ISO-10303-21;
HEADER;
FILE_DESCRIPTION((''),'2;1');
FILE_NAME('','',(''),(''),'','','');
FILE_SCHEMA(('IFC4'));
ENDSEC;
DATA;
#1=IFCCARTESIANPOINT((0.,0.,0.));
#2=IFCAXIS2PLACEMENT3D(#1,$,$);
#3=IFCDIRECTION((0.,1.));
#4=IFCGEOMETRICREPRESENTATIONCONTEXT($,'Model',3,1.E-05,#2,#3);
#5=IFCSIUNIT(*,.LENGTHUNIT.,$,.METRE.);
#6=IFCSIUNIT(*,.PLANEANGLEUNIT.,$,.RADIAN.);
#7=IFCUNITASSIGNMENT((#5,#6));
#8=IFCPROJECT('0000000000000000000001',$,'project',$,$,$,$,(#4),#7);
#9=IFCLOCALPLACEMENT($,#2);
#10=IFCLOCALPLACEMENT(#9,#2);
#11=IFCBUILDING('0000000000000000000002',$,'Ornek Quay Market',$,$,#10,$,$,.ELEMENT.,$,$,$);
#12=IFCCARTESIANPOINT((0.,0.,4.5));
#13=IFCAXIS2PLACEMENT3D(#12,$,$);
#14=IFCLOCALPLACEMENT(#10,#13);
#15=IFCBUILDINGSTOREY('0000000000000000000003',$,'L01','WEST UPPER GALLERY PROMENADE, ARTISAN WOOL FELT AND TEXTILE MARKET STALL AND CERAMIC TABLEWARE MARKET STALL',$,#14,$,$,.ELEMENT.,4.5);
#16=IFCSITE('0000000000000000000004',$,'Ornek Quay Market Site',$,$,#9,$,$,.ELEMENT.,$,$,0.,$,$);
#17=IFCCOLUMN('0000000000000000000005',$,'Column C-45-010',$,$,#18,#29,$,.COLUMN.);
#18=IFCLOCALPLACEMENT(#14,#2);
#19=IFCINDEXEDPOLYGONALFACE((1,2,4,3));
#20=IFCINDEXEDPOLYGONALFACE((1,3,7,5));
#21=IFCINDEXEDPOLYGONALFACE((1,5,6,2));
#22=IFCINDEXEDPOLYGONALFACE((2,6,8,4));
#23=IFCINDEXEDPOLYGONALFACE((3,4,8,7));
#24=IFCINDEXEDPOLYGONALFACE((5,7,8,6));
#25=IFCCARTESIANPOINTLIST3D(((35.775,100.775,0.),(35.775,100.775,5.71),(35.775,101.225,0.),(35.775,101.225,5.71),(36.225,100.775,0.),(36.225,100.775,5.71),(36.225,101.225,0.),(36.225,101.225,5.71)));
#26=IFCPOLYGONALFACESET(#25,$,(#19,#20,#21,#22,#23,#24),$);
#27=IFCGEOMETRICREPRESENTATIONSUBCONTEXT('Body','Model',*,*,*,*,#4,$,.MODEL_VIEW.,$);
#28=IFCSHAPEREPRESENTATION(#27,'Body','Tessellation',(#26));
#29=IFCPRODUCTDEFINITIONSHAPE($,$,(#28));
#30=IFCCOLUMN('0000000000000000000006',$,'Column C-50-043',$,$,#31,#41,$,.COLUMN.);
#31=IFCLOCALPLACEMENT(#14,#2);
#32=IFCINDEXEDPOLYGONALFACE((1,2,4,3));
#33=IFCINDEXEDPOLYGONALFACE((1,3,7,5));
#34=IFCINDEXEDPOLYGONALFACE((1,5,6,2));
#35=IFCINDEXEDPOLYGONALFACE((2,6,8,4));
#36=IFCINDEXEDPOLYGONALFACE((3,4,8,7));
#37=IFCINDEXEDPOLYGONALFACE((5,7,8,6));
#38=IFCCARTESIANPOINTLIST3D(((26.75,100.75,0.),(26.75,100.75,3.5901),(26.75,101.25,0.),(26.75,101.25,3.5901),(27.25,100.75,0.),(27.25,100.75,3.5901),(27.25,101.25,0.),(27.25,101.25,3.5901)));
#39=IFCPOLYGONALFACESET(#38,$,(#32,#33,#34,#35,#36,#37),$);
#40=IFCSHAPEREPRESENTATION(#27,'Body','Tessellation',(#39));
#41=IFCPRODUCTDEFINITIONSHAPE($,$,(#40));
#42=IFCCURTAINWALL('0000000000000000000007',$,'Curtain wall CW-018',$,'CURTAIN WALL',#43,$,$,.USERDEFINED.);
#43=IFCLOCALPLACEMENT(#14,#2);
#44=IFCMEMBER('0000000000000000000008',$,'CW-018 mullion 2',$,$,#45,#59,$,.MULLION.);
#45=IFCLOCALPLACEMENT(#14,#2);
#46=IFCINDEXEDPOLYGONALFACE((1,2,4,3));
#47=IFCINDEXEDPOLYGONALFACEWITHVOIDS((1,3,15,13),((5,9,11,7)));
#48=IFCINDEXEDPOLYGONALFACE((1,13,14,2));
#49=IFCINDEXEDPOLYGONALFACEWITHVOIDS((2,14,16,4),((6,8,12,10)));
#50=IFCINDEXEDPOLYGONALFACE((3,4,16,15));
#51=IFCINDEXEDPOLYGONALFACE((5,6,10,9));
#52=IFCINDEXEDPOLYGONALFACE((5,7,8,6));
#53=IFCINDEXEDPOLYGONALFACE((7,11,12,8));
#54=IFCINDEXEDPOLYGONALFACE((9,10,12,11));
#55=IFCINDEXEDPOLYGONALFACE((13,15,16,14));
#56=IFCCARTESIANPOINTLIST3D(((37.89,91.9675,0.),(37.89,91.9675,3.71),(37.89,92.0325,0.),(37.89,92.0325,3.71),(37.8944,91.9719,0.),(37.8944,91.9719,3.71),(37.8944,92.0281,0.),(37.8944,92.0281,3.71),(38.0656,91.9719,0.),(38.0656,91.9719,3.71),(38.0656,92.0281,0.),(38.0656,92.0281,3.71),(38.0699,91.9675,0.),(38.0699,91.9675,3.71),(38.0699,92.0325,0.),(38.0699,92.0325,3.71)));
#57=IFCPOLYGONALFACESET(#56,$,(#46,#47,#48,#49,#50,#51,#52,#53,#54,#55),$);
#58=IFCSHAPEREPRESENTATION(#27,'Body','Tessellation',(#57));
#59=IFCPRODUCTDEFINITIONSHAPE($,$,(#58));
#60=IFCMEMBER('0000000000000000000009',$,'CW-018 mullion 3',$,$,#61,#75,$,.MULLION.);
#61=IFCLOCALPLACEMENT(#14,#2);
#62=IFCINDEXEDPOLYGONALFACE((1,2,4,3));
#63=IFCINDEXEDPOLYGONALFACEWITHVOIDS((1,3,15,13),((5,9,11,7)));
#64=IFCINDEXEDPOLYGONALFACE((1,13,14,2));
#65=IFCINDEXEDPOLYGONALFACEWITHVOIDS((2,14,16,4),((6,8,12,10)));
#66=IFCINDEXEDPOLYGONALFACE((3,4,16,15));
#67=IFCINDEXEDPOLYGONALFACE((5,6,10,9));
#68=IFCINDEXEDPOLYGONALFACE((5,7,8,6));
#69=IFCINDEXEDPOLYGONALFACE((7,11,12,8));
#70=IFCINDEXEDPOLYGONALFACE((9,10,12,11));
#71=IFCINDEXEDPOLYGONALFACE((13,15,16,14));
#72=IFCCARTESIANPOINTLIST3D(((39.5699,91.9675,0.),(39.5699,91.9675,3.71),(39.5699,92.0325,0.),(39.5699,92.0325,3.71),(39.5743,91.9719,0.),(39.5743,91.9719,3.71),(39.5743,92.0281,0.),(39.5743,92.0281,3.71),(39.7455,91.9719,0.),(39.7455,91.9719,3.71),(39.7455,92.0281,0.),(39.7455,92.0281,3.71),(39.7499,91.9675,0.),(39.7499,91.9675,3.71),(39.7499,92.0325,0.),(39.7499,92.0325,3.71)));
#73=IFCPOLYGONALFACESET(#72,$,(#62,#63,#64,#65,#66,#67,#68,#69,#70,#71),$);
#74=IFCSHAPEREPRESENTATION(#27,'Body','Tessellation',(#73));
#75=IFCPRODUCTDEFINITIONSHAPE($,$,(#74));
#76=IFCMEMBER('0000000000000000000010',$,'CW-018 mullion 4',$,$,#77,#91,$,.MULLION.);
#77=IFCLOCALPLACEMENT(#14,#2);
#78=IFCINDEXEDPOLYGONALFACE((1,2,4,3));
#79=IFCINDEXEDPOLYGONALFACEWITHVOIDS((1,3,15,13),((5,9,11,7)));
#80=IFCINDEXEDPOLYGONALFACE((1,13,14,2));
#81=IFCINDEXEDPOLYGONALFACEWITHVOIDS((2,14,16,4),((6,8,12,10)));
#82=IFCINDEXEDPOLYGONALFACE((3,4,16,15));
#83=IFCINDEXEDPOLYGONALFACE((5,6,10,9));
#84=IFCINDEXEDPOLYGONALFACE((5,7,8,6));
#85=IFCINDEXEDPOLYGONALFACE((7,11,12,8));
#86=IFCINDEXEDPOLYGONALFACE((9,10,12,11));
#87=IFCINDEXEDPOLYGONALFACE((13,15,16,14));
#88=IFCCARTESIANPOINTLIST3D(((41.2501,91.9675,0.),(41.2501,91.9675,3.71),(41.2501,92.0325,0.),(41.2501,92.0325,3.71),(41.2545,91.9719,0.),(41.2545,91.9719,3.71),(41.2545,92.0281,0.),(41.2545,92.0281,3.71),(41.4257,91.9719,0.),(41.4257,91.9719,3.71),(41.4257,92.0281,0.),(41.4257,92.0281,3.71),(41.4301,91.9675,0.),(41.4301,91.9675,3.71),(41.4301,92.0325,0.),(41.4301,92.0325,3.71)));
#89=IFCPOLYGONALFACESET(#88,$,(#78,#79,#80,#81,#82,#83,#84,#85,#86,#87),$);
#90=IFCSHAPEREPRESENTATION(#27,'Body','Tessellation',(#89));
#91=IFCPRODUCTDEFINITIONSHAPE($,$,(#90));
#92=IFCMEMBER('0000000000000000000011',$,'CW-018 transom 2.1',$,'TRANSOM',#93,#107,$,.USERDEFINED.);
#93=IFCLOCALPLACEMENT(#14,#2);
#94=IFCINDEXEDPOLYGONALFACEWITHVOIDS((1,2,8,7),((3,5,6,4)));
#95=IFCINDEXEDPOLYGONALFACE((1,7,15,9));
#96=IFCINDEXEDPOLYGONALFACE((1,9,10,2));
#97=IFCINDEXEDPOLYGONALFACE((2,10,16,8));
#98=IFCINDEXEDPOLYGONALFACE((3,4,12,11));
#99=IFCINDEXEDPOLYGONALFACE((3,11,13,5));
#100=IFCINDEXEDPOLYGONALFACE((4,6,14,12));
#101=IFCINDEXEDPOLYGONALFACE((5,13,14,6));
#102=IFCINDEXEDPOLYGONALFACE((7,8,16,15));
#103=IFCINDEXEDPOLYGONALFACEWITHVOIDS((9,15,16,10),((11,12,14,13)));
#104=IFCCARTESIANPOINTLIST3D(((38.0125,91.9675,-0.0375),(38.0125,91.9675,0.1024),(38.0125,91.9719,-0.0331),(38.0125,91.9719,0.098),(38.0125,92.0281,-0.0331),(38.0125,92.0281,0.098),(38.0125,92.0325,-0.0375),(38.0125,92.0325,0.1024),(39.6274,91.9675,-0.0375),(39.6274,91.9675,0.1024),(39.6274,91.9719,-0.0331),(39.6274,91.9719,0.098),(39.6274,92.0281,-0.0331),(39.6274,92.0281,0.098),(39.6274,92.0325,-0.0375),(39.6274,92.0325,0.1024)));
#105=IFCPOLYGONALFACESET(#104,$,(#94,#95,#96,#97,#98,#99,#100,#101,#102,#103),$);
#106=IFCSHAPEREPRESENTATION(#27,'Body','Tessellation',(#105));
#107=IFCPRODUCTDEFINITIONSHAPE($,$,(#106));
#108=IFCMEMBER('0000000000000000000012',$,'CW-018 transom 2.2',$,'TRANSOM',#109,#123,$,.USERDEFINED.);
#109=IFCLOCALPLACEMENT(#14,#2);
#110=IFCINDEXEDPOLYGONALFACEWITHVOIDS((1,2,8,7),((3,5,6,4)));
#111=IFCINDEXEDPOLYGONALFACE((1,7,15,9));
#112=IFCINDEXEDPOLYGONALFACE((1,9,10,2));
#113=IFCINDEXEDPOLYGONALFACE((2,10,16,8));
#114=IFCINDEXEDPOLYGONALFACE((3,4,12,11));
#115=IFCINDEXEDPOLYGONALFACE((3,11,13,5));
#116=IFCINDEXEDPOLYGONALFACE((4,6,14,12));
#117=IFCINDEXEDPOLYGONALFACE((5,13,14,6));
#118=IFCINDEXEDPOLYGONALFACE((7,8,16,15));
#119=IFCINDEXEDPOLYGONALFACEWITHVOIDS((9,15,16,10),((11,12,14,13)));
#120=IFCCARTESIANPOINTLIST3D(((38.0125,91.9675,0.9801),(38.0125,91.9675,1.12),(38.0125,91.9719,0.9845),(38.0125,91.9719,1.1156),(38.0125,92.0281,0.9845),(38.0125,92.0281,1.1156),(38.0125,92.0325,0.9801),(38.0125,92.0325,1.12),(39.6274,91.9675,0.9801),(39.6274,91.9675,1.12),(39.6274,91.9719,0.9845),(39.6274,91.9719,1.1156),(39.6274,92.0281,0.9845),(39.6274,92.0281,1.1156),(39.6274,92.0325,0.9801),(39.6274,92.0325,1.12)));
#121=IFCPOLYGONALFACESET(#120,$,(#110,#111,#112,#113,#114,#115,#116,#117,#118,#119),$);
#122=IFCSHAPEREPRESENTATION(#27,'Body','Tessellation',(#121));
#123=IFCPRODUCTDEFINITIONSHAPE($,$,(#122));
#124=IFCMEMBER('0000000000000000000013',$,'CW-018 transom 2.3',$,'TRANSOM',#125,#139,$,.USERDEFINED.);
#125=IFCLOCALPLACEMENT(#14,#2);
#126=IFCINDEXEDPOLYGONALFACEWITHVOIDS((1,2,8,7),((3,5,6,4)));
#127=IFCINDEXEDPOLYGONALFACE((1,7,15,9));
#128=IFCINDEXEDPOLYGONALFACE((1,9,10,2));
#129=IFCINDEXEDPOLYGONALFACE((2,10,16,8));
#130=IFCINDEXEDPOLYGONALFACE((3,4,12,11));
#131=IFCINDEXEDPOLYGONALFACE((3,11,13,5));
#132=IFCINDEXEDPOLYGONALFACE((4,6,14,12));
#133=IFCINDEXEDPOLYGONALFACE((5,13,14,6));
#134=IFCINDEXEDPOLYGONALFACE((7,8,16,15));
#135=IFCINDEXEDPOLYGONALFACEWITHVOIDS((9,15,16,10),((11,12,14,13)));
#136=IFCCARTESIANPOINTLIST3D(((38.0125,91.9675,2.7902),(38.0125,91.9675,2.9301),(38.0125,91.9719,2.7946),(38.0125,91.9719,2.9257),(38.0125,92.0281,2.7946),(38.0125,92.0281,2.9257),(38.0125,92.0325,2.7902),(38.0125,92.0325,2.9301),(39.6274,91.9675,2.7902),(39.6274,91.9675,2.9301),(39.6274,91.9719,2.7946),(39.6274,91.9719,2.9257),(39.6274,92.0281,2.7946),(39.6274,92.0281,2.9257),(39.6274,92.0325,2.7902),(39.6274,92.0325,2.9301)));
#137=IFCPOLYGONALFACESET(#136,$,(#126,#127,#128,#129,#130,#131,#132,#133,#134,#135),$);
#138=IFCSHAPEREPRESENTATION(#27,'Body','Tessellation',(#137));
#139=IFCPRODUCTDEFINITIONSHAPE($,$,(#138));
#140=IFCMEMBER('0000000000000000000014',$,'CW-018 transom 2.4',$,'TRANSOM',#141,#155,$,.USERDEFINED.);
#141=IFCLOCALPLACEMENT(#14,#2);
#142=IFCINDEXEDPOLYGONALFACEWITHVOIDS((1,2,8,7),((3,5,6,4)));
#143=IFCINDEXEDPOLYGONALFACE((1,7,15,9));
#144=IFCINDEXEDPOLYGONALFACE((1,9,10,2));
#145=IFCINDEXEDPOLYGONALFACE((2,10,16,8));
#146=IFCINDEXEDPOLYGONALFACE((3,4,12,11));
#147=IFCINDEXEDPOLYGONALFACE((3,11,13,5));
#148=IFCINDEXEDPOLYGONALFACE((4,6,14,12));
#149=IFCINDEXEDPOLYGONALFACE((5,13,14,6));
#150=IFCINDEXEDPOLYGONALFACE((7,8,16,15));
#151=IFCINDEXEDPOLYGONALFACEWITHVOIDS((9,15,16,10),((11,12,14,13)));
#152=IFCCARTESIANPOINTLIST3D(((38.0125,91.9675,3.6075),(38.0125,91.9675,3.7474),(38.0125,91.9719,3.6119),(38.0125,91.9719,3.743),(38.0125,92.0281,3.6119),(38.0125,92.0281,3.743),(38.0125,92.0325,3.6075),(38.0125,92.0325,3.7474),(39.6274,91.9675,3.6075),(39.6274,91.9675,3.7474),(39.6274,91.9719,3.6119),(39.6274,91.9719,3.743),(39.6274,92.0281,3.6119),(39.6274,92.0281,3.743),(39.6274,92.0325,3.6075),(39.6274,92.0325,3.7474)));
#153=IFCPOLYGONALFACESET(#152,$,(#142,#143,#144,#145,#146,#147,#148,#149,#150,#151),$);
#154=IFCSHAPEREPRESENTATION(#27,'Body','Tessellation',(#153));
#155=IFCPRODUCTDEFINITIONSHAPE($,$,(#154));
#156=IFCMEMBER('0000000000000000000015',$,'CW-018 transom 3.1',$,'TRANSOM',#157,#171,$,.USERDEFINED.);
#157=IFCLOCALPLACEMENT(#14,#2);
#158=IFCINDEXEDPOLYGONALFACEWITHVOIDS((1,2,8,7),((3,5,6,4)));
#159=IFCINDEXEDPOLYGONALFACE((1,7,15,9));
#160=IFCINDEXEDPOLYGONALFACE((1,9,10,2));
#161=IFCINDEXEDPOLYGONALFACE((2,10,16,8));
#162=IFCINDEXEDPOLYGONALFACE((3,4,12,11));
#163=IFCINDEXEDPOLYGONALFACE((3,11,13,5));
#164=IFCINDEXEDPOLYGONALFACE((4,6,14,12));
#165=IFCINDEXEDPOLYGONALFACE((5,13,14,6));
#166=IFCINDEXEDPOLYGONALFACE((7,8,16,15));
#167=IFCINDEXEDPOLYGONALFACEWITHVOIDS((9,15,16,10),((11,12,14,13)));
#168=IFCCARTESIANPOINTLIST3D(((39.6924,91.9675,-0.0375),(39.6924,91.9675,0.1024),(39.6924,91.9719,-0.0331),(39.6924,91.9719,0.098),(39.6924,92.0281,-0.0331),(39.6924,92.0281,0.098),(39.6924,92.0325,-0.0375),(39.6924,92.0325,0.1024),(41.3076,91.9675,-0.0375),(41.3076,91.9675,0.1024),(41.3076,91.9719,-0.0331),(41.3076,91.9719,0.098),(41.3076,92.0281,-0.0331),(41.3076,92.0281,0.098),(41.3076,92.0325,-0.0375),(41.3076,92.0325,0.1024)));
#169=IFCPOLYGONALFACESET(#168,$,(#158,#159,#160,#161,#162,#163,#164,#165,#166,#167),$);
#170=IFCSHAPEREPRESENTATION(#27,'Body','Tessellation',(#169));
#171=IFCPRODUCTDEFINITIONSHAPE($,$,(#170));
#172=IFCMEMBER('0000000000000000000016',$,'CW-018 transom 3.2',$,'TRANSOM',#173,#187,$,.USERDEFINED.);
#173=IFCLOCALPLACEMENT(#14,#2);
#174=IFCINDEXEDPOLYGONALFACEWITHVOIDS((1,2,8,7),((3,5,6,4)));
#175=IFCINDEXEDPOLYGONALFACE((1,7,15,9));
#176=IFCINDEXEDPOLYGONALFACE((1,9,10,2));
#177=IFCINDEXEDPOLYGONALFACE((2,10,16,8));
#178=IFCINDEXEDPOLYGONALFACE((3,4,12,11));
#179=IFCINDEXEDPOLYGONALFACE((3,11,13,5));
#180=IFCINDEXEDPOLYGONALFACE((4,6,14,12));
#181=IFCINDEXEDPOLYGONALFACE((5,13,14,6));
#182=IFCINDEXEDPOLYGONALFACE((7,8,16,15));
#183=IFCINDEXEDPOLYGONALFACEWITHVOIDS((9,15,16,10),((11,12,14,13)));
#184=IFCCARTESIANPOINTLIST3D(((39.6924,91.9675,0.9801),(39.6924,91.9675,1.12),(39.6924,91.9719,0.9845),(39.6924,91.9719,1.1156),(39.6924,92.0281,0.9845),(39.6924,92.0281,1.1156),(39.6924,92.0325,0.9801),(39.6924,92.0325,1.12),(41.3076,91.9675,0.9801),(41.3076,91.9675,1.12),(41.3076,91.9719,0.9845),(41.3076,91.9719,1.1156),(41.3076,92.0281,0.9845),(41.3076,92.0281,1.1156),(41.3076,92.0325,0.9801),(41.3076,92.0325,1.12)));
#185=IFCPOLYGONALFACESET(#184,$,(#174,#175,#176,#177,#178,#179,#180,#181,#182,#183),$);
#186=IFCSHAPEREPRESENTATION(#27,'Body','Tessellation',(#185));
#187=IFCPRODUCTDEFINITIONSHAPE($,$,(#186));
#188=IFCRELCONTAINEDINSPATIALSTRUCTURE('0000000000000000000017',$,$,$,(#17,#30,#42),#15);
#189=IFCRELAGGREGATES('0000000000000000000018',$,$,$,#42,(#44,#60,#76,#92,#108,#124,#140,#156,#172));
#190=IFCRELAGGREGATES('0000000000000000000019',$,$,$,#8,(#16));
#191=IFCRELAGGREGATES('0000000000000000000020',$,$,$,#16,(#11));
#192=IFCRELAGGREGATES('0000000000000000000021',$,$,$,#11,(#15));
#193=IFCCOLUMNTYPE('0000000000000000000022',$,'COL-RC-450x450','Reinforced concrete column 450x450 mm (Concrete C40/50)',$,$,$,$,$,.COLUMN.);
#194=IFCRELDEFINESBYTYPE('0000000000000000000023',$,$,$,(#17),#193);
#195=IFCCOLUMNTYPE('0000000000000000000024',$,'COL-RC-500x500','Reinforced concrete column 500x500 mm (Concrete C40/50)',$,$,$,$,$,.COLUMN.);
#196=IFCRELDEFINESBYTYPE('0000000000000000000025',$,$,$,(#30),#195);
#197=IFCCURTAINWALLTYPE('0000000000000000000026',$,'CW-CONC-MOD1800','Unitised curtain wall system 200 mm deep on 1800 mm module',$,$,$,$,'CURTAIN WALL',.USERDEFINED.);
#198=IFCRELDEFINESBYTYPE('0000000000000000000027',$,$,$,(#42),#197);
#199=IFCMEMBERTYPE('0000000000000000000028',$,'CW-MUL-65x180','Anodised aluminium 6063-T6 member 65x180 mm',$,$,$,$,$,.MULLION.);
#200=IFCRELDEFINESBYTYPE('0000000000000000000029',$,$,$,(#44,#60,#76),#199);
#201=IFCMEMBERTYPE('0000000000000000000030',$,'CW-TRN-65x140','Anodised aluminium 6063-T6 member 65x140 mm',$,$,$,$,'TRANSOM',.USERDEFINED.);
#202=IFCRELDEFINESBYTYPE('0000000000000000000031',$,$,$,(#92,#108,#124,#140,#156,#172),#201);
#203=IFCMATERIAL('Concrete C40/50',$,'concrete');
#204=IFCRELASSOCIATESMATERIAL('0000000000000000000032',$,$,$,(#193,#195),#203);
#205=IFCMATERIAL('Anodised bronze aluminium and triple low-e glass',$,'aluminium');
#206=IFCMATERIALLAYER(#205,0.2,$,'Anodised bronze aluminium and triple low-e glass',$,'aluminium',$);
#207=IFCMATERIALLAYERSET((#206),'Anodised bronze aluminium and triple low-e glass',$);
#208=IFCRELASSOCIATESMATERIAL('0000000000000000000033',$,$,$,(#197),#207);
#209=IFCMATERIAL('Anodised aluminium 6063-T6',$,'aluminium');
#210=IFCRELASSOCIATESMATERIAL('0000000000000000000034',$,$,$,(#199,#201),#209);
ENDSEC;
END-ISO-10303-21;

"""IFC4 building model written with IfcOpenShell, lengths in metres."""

from ifc_helpers import new_model, si_unit, direction, frame, origin, origin_2d, place, context, subcontext, project, spatial, rectangle, hollow_rectangle, extrude, material, layer, layer_set, material_profile, profile_set, type_object, element, aggregate, save


model = new_model("IFC4")

# Units and contexts
model_context = context("Model", 3, precision=1e-05, world=origin(), true_north=direction((0.0, 1.0)))
body_context = subcontext(model_context, "Body", "Model", "MODEL_VIEW")
ifc_project = project(units=[si_unit("LENGTHUNIT", "METRE"), si_unit("PLANEANGLEUNIT", "RADIAN")], contexts=[model_context])

# Site, building, storey
site_placement = place(None, origin())
site = spatial("IfcSite", under=ifc_project, at=site_placement, Name="Ornek Quay Market Site", CompositionType="ELEMENT", RefElevation=0.0)
building_placement = place(site_placement, origin())
building = spatial("IfcBuilding", under=site, at=building_placement, Name="Ornek Quay Market", CompositionType="ELEMENT")
storey_placement = place(building_placement, frame((0.0, 0.0, 4.5)))
storey = spatial("IfcBuildingStorey", under=building, at=storey_placement, Name="L01", Description="WEST UPPER GALLERY PROMENADE, ARTISAN WOOL FELT AND TEXTILE MARKET STALL AND CERAMIC TABLEWARE MARKET STALL", CompositionType="ELEMENT", Elevation=4.5)

# Columns
ifc_material_1 = material(Name="Concrete C40/50", Category="concrete")
ifc_material_profile_1 = material_profile(ifc_material_1, rectangle(XDim=0.45, YDim=0.45, at=origin_2d()), Name="RC 450x450", Category="concrete")
ifc_profile_set_1 = profile_set([ifc_material_profile_1], Name="Concrete C40/50")
column_type_1 = type_object("IfcColumnType", Name="COL-RC-450x450", Description="Reinforced concrete column 450x450 mm (Concrete C40/50)", PredefinedType="COLUMN", material=ifc_profile_set_1)
column_1_placement = place(storey_placement, frame((36.0, 101.0, 0.0), z_axis=(0.0, 0.0, 1.0), x_axis=(1.0, 0.0, 0.0)))
element("IfcColumn", 1, at=column_1_placement, inside=storey, type_object=column_type_1, Name="Column C-45-010", PredefinedType="COLUMN", context=body_context, shape_type="SweptSolid", body=[
    extrude(rectangle(XDim=0.45, YDim=0.45, at=origin_2d()), origin(), (0.0, 0.0, 1.0), 5.71),
])
ifc_material_profile_2 = material_profile(ifc_material_1, rectangle(XDim=0.5, YDim=0.5, at=origin_2d()), Name="RC 500x500", Category="concrete")
ifc_profile_set_2 = profile_set([ifc_material_profile_2], Name="Concrete C40/50")
column_type_2 = type_object("IfcColumnType", Name="COL-RC-500x500", Description="Reinforced concrete column 500x500 mm (Concrete C40/50)", PredefinedType="COLUMN", material=ifc_profile_set_2)
column_2_placement = place(storey_placement, frame((27.0, 101.0, 0.0), z_axis=(0.0, 0.0, 1.0), x_axis=(1.0, 0.0, 0.0)))
element("IfcColumn", 2, at=column_2_placement, inside=storey, type_object=column_type_2, Name="Column C-50-043", PredefinedType="COLUMN", context=body_context, shape_type="SweptSolid", body=[
    extrude(rectangle(XDim=0.5, YDim=0.5, at=origin_2d()), origin(), (0.0, 0.0, 1.0), 3.5901),
])

# Curtain wall, members
ifc_material_2 = material(Name="Anodised bronze aluminium and triple low-e glass", Category="aluminium")
ifc_layer_1 = layer(ifc_material_2, 0.2, Name="Anodised bronze aluminium and triple low-e glass", Category="aluminium")
ifc_layer_set_1 = layer_set([ifc_layer_1], Name="Anodised bronze aluminium and triple low-e glass")
curtain_wall_type = type_object("IfcCurtainWallType", Name="CW-CONC-MOD1800", Description="Unitised curtain wall system 200 mm deep on 1800 mm module", ElementType="CURTAIN WALL", PredefinedType="USERDEFINED", material=ifc_layer_set_1)
curtain_wall_placement = place(storey_placement, origin())
curtain_wall = element("IfcCurtainWall", 3, at=curtain_wall_placement, inside=storey, type_object=curtain_wall_type, Name="Curtain wall CW-018", ObjectType="CURTAIN WALL", PredefinedType="USERDEFINED")
ifc_material_3 = material(Name="Anodised aluminium 6063-T6", Category="aluminium")
ifc_material_profile_3 = material_profile(ifc_material_3, hollow_rectangle(XDim=0.0649, YDim=0.1799, WallThickness=0.0044, at=origin_2d()), Name="CW-MUL-65x180", Category="aluminium")
ifc_profile_set_3 = profile_set([ifc_material_profile_3], Name="Anodised aluminium 6063-T6")
member_type_1 = type_object("IfcMemberType", Name="CW-MUL-65x180", Description="Anodised aluminium 6063-T6 member 65x180 mm", PredefinedType="MULLION", material=ifc_profile_set_3)
member_1_placement = place(storey_placement, frame((37.98, 92.0, 0.0), z_axis=(0.0, 0.0, 1.0), x_axis=(0.0, 1.0, 0.0)))
member_1 = element("IfcMember", 4, at=member_1_placement, type_object=member_type_1, Name="CW-018 mullion 2", PredefinedType="MULLION", context=body_context, shape_type="SweptSolid", body=[
    extrude(hollow_rectangle(XDim=0.0649, YDim=0.1799, WallThickness=0.0044, at=origin_2d()), origin(), (0.0, 0.0, 1.0), 3.71),
])
member_2_placement = place(storey_placement, frame((39.6599, 92.0, 0.0), z_axis=(0.0, 0.0, 1.0), x_axis=(0.0, 1.0, 0.0)))
member_2 = element("IfcMember", 5, at=member_2_placement, type_object=member_type_1, Name="CW-018 mullion 3", PredefinedType="MULLION", context=body_context, shape_type="SweptSolid", body=[
    extrude(hollow_rectangle(XDim=0.0649, YDim=0.1799, WallThickness=0.0044, at=origin_2d()), origin(), (0.0, 0.0, 1.0), 3.71),
])
member_3_placement = place(storey_placement, frame((41.3401, 92.0, 0.0), z_axis=(0.0, 0.0, 1.0), x_axis=(0.0, 1.0, 0.0)))
member_3 = element("IfcMember", 6, at=member_3_placement, type_object=member_type_1, Name="CW-018 mullion 4", PredefinedType="MULLION", context=body_context, shape_type="SweptSolid", body=[
    extrude(hollow_rectangle(XDim=0.0649, YDim=0.1799, WallThickness=0.0044, at=origin_2d()), origin(), (0.0, 0.0, 1.0), 3.71),
])
ifc_material_profile_4 = material_profile(ifc_material_3, hollow_rectangle(XDim=0.0649, YDim=0.1399, WallThickness=0.0044, at=origin_2d()), Name="CW-TRN-65x140", Category="aluminium")
ifc_profile_set_4 = profile_set([ifc_material_profile_4], Name="Anodised aluminium 6063-T6")
member_type_2 = type_object("IfcMemberType", Name="CW-TRN-65x140", Description="Anodised aluminium 6063-T6 member 65x140 mm", ElementType="TRANSOM", PredefinedType="USERDEFINED", material=ifc_profile_set_4)
member_4_placement = place(storey_placement, frame((38.0125, 92.0, 0.0325), z_axis=(1.0, 0.0, 0.0), x_axis=(0.0, 1.0, 0.0)))
member_4 = element("IfcMember", 7, at=member_4_placement, type_object=member_type_2, Name="CW-018 transom 2.1", ObjectType="TRANSOM", PredefinedType="USERDEFINED", context=body_context, shape_type="SweptSolid", body=[
    extrude(hollow_rectangle(XDim=0.0649, YDim=0.1399, WallThickness=0.0044, at=origin_2d()), origin(), (0.0, 0.0, 1.0), 1.615),
])
member_5_placement = place(storey_placement, frame((38.0125, 92.0, 1.05), z_axis=(1.0, 0.0, 0.0), x_axis=(0.0, 1.0, 0.0)))
member_5 = element("IfcMember", 8, at=member_5_placement, type_object=member_type_2, Name="CW-018 transom 2.2", ObjectType="TRANSOM", PredefinedType="USERDEFINED", context=body_context, shape_type="SweptSolid", body=[
    extrude(hollow_rectangle(XDim=0.0649, YDim=0.1399, WallThickness=0.0044, at=origin_2d()), origin(), (0.0, 0.0, 1.0), 1.615),
])
member_6_placement = place(storey_placement, frame((38.0125, 92.0, 2.8601), z_axis=(1.0, 0.0, 0.0), x_axis=(0.0, 1.0, 0.0)))
member_6 = element("IfcMember", 9, at=member_6_placement, type_object=member_type_2, Name="CW-018 transom 2.3", ObjectType="TRANSOM", PredefinedType="USERDEFINED", context=body_context, shape_type="SweptSolid", body=[
    extrude(hollow_rectangle(XDim=0.0649, YDim=0.1399, WallThickness=0.0044, at=origin_2d()), origin(), (0.0, 0.0, 1.0), 1.615),
])
member_7_placement = place(storey_placement, frame((38.0125, 92.0, 3.6775), z_axis=(1.0, 0.0, 0.0), x_axis=(0.0, 1.0, 0.0)))
member_7 = element("IfcMember", 10, at=member_7_placement, type_object=member_type_2, Name="CW-018 transom 2.4", ObjectType="TRANSOM", PredefinedType="USERDEFINED", context=body_context, shape_type="SweptSolid", body=[
    extrude(hollow_rectangle(XDim=0.0649, YDim=0.1399, WallThickness=0.0044, at=origin_2d()), origin(), (0.0, 0.0, 1.0), 1.615),
])
member_8_placement = place(storey_placement, frame((39.6924, 92.0, 0.0325), z_axis=(1.0, 0.0, 0.0), x_axis=(0.0, 1.0, 0.0)))
member_8 = element("IfcMember", 11, at=member_8_placement, type_object=member_type_2, Name="CW-018 transom 3.1", ObjectType="TRANSOM", PredefinedType="USERDEFINED", context=body_context, shape_type="SweptSolid", body=[
    extrude(hollow_rectangle(XDim=0.0649, YDim=0.1399, WallThickness=0.0044, at=origin_2d()), origin(), (0.0, 0.0, 1.0), 1.6152),
])
member_9_placement = place(storey_placement, frame((39.6924, 92.0, 1.05), z_axis=(1.0, 0.0, 0.0), x_axis=(0.0, 1.0, 0.0)))
member_9 = element("IfcMember", 12, at=member_9_placement, type_object=member_type_2, Name="CW-018 transom 3.2", ObjectType="TRANSOM", PredefinedType="USERDEFINED", context=body_context, shape_type="SweptSolid", body=[
    extrude(hollow_rectangle(XDim=0.0649, YDim=0.1399, WallThickness=0.0044, at=origin_2d()), origin(), (0.0, 0.0, 1.0), 1.6152),
])

aggregate(curtain_wall, [member_1, member_2, member_3, member_4, member_5, member_6, member_7, member_8, member_9])

save(model, "model.ifc")
